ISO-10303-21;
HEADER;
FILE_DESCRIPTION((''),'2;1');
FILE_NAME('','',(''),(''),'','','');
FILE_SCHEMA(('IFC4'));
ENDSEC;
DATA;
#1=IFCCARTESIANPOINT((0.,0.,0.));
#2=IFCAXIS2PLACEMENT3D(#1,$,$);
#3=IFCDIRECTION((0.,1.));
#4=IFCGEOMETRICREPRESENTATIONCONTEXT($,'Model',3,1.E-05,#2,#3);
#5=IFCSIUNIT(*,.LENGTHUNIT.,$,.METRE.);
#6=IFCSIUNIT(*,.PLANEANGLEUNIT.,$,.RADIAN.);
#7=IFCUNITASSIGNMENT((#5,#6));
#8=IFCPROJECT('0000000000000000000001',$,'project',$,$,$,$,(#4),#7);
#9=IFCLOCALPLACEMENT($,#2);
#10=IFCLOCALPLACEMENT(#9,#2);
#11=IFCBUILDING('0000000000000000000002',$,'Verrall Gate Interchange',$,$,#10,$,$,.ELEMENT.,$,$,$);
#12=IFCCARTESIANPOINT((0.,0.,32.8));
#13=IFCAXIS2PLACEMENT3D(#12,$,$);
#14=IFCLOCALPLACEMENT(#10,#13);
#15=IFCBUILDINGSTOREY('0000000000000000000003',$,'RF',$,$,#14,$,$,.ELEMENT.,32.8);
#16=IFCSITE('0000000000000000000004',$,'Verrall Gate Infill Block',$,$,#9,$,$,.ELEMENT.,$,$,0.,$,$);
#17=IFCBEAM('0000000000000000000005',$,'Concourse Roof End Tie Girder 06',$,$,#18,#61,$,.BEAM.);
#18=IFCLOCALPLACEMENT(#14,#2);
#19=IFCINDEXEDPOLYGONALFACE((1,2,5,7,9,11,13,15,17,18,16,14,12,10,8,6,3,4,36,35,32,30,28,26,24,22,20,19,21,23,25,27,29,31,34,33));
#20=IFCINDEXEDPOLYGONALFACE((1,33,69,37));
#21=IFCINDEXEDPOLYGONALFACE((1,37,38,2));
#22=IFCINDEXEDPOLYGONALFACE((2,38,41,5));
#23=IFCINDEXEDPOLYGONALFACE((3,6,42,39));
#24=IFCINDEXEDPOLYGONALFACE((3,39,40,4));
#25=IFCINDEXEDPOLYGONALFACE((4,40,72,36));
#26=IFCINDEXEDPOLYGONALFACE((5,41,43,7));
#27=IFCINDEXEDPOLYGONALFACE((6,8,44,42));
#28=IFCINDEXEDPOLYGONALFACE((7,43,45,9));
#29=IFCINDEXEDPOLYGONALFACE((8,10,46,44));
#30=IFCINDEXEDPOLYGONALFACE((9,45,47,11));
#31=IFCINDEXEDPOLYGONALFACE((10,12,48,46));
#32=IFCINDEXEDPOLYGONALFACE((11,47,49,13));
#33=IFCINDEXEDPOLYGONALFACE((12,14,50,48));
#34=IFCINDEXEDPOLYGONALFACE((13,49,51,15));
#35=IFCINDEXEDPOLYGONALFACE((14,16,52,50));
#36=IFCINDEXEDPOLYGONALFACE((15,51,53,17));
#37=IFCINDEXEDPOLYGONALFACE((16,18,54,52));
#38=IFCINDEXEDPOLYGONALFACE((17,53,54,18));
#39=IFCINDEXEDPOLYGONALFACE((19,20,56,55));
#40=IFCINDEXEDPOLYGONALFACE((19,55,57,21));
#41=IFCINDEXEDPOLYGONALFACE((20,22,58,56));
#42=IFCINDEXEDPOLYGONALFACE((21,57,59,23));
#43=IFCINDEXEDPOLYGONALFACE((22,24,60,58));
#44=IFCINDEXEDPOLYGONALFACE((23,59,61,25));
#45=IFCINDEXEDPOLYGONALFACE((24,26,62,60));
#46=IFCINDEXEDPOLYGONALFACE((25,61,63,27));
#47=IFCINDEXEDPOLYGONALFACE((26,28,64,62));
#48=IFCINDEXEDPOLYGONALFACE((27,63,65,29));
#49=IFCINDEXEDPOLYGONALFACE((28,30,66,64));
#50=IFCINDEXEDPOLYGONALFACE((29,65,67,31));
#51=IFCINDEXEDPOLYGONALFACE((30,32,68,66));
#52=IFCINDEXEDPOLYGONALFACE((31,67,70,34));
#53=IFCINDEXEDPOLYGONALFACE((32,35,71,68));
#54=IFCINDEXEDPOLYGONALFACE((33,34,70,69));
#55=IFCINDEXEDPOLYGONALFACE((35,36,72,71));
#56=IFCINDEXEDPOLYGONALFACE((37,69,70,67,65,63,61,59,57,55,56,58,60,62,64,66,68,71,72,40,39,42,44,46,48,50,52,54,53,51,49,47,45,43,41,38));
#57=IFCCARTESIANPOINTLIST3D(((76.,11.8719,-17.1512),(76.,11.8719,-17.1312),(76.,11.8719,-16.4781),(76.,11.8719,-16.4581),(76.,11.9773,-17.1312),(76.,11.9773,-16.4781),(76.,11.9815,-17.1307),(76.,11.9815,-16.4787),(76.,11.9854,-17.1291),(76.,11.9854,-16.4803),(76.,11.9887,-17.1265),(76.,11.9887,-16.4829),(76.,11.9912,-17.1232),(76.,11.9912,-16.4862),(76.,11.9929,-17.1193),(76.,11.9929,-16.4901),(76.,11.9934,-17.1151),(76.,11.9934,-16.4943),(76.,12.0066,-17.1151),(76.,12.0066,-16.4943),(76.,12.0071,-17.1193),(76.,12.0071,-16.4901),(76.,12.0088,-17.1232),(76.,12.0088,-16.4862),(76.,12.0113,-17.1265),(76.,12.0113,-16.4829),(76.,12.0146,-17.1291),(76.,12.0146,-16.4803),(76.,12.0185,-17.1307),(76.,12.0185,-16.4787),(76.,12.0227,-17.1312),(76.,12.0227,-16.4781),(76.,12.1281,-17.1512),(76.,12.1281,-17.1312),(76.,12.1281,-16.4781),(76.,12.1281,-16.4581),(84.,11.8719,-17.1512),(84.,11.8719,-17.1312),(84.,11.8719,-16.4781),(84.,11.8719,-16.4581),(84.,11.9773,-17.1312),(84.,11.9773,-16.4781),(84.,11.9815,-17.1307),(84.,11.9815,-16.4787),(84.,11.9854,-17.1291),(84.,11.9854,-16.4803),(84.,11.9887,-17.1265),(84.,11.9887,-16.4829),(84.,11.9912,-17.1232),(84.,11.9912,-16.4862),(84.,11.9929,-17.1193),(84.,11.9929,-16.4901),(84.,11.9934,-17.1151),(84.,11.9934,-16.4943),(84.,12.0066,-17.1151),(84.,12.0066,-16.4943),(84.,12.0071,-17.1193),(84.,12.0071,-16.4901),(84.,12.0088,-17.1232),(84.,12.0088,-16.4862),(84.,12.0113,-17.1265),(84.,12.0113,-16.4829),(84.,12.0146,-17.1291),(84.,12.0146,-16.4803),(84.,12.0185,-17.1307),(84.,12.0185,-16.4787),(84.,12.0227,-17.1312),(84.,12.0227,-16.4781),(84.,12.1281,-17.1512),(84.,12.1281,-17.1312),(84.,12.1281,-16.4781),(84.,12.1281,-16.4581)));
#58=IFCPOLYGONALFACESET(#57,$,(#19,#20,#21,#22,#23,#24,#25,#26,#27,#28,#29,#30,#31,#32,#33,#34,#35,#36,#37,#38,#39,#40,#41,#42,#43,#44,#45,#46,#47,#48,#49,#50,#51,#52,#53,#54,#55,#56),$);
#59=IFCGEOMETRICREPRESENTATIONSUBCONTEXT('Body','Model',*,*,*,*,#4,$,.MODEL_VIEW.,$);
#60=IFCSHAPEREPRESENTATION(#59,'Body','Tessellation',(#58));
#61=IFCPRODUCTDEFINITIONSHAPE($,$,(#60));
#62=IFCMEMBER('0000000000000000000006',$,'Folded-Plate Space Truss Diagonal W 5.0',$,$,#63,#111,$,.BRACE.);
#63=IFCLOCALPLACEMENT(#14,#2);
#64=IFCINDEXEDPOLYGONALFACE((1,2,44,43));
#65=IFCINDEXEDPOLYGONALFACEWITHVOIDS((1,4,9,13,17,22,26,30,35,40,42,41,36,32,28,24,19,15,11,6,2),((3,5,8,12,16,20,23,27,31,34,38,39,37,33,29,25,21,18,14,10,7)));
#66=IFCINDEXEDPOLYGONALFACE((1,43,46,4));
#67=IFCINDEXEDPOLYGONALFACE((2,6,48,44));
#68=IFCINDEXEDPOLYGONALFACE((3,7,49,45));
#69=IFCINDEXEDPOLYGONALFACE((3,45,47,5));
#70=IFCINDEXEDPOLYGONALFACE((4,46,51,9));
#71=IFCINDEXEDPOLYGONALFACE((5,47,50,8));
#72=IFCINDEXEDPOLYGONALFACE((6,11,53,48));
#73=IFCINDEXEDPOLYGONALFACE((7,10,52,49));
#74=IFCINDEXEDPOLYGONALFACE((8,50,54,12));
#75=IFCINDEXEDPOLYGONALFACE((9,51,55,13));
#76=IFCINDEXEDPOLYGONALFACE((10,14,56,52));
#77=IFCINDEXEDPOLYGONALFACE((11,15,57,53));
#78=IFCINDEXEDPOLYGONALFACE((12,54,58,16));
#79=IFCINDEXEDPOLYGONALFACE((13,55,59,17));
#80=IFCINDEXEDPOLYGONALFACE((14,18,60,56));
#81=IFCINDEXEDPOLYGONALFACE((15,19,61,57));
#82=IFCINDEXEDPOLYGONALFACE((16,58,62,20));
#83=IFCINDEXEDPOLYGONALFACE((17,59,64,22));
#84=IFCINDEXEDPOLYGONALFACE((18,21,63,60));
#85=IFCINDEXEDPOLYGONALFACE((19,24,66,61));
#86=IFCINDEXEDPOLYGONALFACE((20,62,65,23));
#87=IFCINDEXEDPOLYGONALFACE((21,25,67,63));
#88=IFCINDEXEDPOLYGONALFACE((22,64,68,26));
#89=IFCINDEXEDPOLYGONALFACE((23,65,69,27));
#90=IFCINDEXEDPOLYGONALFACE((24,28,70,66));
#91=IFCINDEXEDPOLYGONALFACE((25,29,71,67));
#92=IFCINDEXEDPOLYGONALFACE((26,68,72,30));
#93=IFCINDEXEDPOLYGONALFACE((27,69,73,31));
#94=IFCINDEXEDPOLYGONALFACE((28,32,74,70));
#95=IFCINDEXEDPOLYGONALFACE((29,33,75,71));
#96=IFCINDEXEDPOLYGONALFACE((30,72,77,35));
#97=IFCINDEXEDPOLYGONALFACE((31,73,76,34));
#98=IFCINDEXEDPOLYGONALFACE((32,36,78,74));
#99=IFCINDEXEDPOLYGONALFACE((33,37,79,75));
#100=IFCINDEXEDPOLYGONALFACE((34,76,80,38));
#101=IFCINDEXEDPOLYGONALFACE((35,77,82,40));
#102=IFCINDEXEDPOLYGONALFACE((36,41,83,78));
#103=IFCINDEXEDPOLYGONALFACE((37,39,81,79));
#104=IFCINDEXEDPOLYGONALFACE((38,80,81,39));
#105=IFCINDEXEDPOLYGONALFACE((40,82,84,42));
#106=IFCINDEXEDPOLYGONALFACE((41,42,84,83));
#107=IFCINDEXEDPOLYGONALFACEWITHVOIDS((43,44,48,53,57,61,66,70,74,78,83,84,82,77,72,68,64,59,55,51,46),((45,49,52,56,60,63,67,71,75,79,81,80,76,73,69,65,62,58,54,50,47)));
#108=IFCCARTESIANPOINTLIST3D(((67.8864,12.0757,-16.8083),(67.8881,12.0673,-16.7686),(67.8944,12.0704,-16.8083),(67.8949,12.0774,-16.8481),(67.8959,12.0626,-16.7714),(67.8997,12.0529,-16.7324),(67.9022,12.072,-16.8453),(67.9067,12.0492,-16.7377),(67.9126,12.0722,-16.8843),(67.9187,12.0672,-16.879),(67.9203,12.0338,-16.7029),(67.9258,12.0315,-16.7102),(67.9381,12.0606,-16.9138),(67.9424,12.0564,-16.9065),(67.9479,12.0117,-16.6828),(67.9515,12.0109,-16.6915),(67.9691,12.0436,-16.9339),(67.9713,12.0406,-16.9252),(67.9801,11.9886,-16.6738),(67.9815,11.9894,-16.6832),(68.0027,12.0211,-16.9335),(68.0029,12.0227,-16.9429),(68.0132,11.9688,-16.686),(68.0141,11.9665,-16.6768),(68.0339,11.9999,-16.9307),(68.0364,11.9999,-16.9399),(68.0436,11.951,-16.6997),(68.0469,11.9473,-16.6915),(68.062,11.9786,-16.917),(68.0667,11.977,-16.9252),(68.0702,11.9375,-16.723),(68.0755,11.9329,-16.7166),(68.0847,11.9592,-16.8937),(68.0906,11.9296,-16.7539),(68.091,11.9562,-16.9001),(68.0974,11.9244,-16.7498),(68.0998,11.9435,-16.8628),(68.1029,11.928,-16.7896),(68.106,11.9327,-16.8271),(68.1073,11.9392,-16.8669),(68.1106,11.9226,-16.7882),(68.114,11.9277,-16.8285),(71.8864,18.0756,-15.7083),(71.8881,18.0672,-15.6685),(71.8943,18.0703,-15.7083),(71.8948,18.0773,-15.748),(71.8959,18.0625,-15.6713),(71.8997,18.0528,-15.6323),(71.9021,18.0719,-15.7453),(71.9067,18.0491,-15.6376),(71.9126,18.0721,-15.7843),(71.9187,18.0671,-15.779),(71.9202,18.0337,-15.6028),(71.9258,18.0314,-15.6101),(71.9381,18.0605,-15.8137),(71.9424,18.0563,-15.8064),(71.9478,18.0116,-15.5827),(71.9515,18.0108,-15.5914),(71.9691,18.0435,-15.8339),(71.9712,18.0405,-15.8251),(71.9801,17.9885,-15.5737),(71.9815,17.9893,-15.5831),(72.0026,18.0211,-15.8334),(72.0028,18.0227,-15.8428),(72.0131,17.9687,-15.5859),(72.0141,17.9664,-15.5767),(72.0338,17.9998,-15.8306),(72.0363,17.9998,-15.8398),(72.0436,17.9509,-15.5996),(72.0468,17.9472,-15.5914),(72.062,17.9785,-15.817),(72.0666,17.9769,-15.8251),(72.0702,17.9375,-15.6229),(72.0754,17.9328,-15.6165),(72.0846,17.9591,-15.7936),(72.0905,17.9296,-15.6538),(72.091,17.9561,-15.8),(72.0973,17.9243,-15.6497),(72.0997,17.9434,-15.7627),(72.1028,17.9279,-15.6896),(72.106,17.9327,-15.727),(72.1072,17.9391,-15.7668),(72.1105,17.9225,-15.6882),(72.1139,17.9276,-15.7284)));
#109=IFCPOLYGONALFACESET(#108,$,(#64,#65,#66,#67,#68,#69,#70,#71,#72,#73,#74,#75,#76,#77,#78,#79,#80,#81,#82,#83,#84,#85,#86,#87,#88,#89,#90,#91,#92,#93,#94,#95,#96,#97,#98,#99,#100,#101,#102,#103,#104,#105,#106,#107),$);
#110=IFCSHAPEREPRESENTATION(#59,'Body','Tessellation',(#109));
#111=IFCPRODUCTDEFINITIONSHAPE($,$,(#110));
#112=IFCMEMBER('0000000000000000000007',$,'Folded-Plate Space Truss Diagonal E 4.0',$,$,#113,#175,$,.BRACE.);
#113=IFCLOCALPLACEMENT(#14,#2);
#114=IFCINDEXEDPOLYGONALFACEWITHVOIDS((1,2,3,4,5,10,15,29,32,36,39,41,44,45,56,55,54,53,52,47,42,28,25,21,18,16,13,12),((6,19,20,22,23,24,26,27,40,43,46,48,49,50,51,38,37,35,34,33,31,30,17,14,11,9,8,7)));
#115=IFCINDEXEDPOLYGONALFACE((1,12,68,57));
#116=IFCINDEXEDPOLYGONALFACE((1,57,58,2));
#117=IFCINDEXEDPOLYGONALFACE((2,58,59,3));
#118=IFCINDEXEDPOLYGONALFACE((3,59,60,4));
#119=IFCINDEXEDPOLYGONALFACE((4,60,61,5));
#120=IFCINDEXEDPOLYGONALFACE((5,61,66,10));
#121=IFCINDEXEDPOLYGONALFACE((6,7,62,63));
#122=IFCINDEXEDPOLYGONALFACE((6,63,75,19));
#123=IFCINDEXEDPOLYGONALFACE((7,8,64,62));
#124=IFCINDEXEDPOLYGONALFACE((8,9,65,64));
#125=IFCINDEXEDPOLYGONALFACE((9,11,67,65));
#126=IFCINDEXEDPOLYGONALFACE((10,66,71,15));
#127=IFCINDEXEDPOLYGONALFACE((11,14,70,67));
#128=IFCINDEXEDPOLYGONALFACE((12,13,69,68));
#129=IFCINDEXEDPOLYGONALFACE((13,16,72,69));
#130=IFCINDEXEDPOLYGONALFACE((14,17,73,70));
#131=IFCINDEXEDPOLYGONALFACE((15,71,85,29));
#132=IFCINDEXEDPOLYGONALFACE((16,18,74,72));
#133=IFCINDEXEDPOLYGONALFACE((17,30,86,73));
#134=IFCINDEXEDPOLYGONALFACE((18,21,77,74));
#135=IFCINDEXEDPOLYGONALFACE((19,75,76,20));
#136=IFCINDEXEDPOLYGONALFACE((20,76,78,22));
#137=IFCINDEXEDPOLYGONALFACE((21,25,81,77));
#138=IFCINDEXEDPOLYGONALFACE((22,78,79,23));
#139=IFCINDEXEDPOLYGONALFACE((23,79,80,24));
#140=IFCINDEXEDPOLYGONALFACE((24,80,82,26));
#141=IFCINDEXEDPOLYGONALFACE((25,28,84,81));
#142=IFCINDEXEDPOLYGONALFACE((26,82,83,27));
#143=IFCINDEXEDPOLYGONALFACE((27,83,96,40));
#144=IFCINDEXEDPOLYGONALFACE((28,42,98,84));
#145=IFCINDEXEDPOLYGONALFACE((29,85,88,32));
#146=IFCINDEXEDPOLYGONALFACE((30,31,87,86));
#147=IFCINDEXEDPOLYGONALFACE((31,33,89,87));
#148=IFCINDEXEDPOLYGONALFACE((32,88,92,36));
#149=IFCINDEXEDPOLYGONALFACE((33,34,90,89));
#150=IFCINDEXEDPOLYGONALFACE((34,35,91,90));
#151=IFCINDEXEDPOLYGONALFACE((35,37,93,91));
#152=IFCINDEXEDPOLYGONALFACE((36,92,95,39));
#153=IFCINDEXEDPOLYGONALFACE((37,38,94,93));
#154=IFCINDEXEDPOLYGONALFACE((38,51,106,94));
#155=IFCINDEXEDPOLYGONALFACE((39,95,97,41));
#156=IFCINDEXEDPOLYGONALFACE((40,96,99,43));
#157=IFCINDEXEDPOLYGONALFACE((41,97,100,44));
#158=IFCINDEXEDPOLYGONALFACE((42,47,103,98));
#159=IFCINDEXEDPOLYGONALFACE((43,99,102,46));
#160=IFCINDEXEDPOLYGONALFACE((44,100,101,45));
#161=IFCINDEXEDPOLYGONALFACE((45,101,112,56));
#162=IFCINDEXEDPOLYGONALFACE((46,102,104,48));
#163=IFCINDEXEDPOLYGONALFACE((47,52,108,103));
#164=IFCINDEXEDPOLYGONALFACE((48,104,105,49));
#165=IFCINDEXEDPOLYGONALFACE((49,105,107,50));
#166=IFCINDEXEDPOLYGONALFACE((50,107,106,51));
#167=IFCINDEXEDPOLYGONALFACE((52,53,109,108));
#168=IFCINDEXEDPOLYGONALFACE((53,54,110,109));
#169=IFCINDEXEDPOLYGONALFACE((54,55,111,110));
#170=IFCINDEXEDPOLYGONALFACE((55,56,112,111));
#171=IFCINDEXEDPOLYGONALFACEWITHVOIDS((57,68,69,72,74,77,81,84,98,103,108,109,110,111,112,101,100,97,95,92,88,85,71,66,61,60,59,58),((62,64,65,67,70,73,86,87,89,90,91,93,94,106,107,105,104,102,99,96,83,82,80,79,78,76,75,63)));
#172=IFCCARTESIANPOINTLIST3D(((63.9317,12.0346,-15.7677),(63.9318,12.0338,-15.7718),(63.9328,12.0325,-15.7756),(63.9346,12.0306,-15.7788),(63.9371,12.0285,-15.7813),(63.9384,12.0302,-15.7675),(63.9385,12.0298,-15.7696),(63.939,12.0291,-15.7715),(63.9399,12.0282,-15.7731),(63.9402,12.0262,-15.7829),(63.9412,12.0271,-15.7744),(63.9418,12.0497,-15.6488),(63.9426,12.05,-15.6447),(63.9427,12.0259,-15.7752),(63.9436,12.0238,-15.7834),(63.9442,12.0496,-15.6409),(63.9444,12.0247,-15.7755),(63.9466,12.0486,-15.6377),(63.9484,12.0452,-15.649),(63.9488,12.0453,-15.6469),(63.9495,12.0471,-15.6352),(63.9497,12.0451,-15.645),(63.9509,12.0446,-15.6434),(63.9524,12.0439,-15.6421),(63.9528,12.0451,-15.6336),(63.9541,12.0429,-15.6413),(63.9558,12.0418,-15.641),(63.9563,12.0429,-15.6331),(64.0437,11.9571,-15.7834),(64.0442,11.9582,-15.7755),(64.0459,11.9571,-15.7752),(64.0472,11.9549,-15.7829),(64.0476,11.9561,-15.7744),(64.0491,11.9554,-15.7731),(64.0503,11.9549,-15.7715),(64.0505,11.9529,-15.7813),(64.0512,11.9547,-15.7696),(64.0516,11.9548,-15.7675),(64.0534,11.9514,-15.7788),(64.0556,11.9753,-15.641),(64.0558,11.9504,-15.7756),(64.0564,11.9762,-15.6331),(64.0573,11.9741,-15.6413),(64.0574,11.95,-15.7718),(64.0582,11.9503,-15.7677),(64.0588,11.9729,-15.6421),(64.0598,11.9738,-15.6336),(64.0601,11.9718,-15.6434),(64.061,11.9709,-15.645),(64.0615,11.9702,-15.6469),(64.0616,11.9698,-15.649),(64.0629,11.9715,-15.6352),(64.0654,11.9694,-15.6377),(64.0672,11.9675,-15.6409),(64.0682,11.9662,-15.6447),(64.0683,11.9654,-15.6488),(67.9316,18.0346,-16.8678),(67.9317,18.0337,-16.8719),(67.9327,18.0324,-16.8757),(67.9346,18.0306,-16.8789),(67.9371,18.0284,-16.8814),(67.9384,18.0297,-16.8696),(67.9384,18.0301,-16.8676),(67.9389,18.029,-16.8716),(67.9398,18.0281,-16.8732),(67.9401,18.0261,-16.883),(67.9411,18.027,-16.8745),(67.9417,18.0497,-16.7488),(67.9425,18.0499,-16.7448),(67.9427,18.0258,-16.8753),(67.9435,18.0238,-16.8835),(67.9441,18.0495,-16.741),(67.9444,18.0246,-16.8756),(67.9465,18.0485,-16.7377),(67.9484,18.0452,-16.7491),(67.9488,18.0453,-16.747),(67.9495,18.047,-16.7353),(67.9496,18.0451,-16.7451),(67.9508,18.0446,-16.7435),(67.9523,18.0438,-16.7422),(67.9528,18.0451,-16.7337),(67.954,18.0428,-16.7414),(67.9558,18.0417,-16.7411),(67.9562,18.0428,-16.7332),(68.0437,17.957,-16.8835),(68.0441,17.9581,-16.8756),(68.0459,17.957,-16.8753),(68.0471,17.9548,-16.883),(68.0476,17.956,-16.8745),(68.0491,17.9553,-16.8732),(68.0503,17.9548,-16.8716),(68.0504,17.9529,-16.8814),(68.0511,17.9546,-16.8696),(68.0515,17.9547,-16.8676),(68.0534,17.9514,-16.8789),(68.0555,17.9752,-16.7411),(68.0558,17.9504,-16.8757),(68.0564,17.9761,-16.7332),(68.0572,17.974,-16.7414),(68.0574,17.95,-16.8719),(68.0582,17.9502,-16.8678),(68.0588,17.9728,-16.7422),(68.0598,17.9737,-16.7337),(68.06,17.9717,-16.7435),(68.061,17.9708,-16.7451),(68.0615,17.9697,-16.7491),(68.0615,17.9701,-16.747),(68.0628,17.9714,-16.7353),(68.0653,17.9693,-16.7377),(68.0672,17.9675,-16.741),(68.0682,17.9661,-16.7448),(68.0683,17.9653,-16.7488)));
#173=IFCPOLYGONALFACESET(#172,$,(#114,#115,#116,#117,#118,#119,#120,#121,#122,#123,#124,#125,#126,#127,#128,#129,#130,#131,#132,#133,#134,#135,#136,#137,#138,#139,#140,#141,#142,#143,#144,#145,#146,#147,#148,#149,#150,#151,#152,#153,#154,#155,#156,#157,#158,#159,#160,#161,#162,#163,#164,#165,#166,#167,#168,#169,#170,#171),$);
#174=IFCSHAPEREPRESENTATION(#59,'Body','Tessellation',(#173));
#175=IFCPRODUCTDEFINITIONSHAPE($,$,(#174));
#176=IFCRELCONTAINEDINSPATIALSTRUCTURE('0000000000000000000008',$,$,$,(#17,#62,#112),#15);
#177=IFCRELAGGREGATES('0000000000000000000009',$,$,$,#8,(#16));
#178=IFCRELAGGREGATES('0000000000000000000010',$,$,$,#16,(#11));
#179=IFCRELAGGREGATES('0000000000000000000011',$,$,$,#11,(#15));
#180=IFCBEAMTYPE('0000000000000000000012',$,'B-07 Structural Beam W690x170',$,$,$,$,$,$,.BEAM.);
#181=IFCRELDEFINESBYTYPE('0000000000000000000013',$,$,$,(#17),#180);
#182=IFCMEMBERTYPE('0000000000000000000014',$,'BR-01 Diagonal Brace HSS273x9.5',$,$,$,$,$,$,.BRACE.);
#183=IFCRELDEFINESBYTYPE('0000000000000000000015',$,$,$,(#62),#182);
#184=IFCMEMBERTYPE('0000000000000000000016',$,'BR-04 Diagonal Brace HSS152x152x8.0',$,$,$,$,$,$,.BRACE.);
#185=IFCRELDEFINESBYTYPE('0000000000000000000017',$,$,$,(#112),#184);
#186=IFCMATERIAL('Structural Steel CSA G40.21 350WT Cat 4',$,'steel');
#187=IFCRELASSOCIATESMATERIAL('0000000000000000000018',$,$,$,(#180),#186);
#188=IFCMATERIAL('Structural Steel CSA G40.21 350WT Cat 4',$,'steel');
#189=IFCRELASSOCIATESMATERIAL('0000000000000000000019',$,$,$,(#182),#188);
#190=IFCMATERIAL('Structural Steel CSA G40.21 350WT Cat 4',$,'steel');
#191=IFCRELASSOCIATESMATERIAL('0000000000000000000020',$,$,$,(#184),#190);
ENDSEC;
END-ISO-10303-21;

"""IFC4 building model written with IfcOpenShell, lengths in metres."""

from ifc_helpers import new_model, si_unit, direction, frame, origin, origin_2d, place, context, subcontext, project, spatial, hollow_rectangle, hollow_circle, i_section, extrude, material, material_profile, profile_set, type_object, element, save


model = new_model("IFC4")

# Units and contexts
model_context = context("Model", 3, precision=1e-05, world=origin(), true_north=direction((0.0, 1.0)))
body_context = subcontext(model_context, "Body", "Model", "MODEL_VIEW")
ifc_project = project(units=[si_unit("LENGTHUNIT", "METRE"), si_unit("PLANEANGLEUNIT", "RADIAN")], contexts=[model_context])

# Site, building, storey
site_placement = place(None, origin())
site = spatial("IfcSite", under=ifc_project, at=site_placement, Name="Verrall Gate Infill Block", CompositionType="ELEMENT", RefElevation=0.0)
building_placement = place(site_placement, origin())
building = spatial("IfcBuilding", under=site, at=building_placement, Name="Verrall Gate Interchange", CompositionType="ELEMENT")
storey_placement = place(building_placement, frame((0.0, 0.0, 32.8)))
storey = spatial("IfcBuildingStorey", under=building, at=storey_placement, Name="RF", CompositionType="ELEMENT", Elevation=32.8)

# Beam
ifc_material_1 = material(Name="Structural Steel CSA G40.21 350WT Cat 4", Category="steel")
ifc_material_profile_1 = material_profile(ifc_material_1, i_section(OverallWidth=0.2561, OverallDepth=0.6931, WebThickness=0.0132, FlangeThickness=0.02, FilletRadius=0.0161, at=origin_2d()), Name="W690x170")
ifc_profile_set_1 = profile_set([ifc_material_profile_1], Name="Structural Steel CSA G40.21 350WT Cat 4")
beam_type_1 = type_object("IfcBeamType", Name="B-07 Structural Beam W690x170", PredefinedType="BEAM", material=ifc_profile_set_1)
for number, where, z_axis, x_axis, name in (
    (1, (76.0, 12.0, -16.8047), (1.0, 0.0, 0.0), (0.0, 1.0, 0.0), "Concourse Roof End Tie Girder 06"),
):
    element("IfcBeam", number, at=place(storey_placement, frame(where, z_axis=z_axis, x_axis=x_axis)), inside=storey, type_object=beam_type_1, Name=name, PredefinedType="BEAM", context=body_context, shape_type="SweptSolid", body=[
        extrude(i_section(OverallWidth=0.2561, OverallDepth=0.6931, WebThickness=0.0132, FlangeThickness=0.02, FilletRadius=0.0161, at=origin_2d()), origin(), (0.0, 0.0, 1.0), 8.0),
    ])

# Members
ifc_material_2 = material(Name="Structural Steel CSA G40.21 350WT Cat 4", Category="steel")
ifc_material_profile_2 = material_profile(ifc_material_2, hollow_circle(Radius=0.1365, WallThickness=0.0095, at=origin_2d()), Name="HSS273x9.5")
ifc_profile_set_2 = profile_set([ifc_material_profile_2], Name="Structural Steel CSA G40.21 350WT Cat 4")
member_type_1 = type_object("IfcMemberType", Name="BR-01 Diagonal Brace HSS273x9.5", PredefinedType="BRACE", material=ifc_profile_set_2)
member_1_placement = place(storey_placement, frame((68.0, 12.0, -16.8083), z_axis=(0.548356, 0.822534, 0.150811), x_axis=(-0.83205, 0.5547, 0.0)))
element("IfcMember", 2, at=member_1_placement, inside=storey, type_object=member_type_1, Name="Folded-Plate Space Truss Diagonal W 5.0", PredefinedType="BRACE", context=body_context, shape_type="SweptSolid", body=[
    extrude(hollow_circle(Radius=0.1365, WallThickness=0.0095, at=origin_2d()), origin(), (0.0, 0.0, 1.0), 7.2944),
])
ifc_material_3 = material(Name="Structural Steel CSA G40.21 350WT Cat 4", Category="steel")
ifc_material_profile_3 = material_profile(ifc_material_3, hollow_rectangle(XDim=0.1521, YDim=0.1521, WallThickness=0.0081, InnerFilletRadius=0.0081, OuterFilletRadius=0.0159, at=origin_2d()), Name="HSS152x152x8.0")
ifc_profile_set_3 = profile_set([ifc_material_profile_3], Name="Structural Steel CSA G40.21 350WT Cat 4")
member_type_2 = type_object("IfcMemberType", Name="BR-04 Diagonal Brace HSS152x152x8.0", PredefinedType="BRACE", material=ifc_profile_set_3)
for number, where, z_axis, x_axis, name in (
    (3, (64.0, 12.0, -15.7083), (0.548356, 0.822534, -0.150811), (-0.83205, 0.5547, 0.0), "Folded-Plate Space Truss Diagonal E 4.0"),
):
    element("IfcMember", number, at=place(storey_placement, frame(where, z_axis=z_axis, x_axis=x_axis)), inside=storey, type_object=member_type_2, Name=name, PredefinedType="BRACE", context=body_context, shape_type="SweptSolid", body=[
        extrude(hollow_rectangle(XDim=0.1521, YDim=0.1521, WallThickness=0.0081, InnerFilletRadius=0.0081, OuterFilletRadius=0.0159, at=origin_2d()), origin(), (0.0, 0.0, 1.0), 7.2944),
    ])

save(model, "model.ifc")
